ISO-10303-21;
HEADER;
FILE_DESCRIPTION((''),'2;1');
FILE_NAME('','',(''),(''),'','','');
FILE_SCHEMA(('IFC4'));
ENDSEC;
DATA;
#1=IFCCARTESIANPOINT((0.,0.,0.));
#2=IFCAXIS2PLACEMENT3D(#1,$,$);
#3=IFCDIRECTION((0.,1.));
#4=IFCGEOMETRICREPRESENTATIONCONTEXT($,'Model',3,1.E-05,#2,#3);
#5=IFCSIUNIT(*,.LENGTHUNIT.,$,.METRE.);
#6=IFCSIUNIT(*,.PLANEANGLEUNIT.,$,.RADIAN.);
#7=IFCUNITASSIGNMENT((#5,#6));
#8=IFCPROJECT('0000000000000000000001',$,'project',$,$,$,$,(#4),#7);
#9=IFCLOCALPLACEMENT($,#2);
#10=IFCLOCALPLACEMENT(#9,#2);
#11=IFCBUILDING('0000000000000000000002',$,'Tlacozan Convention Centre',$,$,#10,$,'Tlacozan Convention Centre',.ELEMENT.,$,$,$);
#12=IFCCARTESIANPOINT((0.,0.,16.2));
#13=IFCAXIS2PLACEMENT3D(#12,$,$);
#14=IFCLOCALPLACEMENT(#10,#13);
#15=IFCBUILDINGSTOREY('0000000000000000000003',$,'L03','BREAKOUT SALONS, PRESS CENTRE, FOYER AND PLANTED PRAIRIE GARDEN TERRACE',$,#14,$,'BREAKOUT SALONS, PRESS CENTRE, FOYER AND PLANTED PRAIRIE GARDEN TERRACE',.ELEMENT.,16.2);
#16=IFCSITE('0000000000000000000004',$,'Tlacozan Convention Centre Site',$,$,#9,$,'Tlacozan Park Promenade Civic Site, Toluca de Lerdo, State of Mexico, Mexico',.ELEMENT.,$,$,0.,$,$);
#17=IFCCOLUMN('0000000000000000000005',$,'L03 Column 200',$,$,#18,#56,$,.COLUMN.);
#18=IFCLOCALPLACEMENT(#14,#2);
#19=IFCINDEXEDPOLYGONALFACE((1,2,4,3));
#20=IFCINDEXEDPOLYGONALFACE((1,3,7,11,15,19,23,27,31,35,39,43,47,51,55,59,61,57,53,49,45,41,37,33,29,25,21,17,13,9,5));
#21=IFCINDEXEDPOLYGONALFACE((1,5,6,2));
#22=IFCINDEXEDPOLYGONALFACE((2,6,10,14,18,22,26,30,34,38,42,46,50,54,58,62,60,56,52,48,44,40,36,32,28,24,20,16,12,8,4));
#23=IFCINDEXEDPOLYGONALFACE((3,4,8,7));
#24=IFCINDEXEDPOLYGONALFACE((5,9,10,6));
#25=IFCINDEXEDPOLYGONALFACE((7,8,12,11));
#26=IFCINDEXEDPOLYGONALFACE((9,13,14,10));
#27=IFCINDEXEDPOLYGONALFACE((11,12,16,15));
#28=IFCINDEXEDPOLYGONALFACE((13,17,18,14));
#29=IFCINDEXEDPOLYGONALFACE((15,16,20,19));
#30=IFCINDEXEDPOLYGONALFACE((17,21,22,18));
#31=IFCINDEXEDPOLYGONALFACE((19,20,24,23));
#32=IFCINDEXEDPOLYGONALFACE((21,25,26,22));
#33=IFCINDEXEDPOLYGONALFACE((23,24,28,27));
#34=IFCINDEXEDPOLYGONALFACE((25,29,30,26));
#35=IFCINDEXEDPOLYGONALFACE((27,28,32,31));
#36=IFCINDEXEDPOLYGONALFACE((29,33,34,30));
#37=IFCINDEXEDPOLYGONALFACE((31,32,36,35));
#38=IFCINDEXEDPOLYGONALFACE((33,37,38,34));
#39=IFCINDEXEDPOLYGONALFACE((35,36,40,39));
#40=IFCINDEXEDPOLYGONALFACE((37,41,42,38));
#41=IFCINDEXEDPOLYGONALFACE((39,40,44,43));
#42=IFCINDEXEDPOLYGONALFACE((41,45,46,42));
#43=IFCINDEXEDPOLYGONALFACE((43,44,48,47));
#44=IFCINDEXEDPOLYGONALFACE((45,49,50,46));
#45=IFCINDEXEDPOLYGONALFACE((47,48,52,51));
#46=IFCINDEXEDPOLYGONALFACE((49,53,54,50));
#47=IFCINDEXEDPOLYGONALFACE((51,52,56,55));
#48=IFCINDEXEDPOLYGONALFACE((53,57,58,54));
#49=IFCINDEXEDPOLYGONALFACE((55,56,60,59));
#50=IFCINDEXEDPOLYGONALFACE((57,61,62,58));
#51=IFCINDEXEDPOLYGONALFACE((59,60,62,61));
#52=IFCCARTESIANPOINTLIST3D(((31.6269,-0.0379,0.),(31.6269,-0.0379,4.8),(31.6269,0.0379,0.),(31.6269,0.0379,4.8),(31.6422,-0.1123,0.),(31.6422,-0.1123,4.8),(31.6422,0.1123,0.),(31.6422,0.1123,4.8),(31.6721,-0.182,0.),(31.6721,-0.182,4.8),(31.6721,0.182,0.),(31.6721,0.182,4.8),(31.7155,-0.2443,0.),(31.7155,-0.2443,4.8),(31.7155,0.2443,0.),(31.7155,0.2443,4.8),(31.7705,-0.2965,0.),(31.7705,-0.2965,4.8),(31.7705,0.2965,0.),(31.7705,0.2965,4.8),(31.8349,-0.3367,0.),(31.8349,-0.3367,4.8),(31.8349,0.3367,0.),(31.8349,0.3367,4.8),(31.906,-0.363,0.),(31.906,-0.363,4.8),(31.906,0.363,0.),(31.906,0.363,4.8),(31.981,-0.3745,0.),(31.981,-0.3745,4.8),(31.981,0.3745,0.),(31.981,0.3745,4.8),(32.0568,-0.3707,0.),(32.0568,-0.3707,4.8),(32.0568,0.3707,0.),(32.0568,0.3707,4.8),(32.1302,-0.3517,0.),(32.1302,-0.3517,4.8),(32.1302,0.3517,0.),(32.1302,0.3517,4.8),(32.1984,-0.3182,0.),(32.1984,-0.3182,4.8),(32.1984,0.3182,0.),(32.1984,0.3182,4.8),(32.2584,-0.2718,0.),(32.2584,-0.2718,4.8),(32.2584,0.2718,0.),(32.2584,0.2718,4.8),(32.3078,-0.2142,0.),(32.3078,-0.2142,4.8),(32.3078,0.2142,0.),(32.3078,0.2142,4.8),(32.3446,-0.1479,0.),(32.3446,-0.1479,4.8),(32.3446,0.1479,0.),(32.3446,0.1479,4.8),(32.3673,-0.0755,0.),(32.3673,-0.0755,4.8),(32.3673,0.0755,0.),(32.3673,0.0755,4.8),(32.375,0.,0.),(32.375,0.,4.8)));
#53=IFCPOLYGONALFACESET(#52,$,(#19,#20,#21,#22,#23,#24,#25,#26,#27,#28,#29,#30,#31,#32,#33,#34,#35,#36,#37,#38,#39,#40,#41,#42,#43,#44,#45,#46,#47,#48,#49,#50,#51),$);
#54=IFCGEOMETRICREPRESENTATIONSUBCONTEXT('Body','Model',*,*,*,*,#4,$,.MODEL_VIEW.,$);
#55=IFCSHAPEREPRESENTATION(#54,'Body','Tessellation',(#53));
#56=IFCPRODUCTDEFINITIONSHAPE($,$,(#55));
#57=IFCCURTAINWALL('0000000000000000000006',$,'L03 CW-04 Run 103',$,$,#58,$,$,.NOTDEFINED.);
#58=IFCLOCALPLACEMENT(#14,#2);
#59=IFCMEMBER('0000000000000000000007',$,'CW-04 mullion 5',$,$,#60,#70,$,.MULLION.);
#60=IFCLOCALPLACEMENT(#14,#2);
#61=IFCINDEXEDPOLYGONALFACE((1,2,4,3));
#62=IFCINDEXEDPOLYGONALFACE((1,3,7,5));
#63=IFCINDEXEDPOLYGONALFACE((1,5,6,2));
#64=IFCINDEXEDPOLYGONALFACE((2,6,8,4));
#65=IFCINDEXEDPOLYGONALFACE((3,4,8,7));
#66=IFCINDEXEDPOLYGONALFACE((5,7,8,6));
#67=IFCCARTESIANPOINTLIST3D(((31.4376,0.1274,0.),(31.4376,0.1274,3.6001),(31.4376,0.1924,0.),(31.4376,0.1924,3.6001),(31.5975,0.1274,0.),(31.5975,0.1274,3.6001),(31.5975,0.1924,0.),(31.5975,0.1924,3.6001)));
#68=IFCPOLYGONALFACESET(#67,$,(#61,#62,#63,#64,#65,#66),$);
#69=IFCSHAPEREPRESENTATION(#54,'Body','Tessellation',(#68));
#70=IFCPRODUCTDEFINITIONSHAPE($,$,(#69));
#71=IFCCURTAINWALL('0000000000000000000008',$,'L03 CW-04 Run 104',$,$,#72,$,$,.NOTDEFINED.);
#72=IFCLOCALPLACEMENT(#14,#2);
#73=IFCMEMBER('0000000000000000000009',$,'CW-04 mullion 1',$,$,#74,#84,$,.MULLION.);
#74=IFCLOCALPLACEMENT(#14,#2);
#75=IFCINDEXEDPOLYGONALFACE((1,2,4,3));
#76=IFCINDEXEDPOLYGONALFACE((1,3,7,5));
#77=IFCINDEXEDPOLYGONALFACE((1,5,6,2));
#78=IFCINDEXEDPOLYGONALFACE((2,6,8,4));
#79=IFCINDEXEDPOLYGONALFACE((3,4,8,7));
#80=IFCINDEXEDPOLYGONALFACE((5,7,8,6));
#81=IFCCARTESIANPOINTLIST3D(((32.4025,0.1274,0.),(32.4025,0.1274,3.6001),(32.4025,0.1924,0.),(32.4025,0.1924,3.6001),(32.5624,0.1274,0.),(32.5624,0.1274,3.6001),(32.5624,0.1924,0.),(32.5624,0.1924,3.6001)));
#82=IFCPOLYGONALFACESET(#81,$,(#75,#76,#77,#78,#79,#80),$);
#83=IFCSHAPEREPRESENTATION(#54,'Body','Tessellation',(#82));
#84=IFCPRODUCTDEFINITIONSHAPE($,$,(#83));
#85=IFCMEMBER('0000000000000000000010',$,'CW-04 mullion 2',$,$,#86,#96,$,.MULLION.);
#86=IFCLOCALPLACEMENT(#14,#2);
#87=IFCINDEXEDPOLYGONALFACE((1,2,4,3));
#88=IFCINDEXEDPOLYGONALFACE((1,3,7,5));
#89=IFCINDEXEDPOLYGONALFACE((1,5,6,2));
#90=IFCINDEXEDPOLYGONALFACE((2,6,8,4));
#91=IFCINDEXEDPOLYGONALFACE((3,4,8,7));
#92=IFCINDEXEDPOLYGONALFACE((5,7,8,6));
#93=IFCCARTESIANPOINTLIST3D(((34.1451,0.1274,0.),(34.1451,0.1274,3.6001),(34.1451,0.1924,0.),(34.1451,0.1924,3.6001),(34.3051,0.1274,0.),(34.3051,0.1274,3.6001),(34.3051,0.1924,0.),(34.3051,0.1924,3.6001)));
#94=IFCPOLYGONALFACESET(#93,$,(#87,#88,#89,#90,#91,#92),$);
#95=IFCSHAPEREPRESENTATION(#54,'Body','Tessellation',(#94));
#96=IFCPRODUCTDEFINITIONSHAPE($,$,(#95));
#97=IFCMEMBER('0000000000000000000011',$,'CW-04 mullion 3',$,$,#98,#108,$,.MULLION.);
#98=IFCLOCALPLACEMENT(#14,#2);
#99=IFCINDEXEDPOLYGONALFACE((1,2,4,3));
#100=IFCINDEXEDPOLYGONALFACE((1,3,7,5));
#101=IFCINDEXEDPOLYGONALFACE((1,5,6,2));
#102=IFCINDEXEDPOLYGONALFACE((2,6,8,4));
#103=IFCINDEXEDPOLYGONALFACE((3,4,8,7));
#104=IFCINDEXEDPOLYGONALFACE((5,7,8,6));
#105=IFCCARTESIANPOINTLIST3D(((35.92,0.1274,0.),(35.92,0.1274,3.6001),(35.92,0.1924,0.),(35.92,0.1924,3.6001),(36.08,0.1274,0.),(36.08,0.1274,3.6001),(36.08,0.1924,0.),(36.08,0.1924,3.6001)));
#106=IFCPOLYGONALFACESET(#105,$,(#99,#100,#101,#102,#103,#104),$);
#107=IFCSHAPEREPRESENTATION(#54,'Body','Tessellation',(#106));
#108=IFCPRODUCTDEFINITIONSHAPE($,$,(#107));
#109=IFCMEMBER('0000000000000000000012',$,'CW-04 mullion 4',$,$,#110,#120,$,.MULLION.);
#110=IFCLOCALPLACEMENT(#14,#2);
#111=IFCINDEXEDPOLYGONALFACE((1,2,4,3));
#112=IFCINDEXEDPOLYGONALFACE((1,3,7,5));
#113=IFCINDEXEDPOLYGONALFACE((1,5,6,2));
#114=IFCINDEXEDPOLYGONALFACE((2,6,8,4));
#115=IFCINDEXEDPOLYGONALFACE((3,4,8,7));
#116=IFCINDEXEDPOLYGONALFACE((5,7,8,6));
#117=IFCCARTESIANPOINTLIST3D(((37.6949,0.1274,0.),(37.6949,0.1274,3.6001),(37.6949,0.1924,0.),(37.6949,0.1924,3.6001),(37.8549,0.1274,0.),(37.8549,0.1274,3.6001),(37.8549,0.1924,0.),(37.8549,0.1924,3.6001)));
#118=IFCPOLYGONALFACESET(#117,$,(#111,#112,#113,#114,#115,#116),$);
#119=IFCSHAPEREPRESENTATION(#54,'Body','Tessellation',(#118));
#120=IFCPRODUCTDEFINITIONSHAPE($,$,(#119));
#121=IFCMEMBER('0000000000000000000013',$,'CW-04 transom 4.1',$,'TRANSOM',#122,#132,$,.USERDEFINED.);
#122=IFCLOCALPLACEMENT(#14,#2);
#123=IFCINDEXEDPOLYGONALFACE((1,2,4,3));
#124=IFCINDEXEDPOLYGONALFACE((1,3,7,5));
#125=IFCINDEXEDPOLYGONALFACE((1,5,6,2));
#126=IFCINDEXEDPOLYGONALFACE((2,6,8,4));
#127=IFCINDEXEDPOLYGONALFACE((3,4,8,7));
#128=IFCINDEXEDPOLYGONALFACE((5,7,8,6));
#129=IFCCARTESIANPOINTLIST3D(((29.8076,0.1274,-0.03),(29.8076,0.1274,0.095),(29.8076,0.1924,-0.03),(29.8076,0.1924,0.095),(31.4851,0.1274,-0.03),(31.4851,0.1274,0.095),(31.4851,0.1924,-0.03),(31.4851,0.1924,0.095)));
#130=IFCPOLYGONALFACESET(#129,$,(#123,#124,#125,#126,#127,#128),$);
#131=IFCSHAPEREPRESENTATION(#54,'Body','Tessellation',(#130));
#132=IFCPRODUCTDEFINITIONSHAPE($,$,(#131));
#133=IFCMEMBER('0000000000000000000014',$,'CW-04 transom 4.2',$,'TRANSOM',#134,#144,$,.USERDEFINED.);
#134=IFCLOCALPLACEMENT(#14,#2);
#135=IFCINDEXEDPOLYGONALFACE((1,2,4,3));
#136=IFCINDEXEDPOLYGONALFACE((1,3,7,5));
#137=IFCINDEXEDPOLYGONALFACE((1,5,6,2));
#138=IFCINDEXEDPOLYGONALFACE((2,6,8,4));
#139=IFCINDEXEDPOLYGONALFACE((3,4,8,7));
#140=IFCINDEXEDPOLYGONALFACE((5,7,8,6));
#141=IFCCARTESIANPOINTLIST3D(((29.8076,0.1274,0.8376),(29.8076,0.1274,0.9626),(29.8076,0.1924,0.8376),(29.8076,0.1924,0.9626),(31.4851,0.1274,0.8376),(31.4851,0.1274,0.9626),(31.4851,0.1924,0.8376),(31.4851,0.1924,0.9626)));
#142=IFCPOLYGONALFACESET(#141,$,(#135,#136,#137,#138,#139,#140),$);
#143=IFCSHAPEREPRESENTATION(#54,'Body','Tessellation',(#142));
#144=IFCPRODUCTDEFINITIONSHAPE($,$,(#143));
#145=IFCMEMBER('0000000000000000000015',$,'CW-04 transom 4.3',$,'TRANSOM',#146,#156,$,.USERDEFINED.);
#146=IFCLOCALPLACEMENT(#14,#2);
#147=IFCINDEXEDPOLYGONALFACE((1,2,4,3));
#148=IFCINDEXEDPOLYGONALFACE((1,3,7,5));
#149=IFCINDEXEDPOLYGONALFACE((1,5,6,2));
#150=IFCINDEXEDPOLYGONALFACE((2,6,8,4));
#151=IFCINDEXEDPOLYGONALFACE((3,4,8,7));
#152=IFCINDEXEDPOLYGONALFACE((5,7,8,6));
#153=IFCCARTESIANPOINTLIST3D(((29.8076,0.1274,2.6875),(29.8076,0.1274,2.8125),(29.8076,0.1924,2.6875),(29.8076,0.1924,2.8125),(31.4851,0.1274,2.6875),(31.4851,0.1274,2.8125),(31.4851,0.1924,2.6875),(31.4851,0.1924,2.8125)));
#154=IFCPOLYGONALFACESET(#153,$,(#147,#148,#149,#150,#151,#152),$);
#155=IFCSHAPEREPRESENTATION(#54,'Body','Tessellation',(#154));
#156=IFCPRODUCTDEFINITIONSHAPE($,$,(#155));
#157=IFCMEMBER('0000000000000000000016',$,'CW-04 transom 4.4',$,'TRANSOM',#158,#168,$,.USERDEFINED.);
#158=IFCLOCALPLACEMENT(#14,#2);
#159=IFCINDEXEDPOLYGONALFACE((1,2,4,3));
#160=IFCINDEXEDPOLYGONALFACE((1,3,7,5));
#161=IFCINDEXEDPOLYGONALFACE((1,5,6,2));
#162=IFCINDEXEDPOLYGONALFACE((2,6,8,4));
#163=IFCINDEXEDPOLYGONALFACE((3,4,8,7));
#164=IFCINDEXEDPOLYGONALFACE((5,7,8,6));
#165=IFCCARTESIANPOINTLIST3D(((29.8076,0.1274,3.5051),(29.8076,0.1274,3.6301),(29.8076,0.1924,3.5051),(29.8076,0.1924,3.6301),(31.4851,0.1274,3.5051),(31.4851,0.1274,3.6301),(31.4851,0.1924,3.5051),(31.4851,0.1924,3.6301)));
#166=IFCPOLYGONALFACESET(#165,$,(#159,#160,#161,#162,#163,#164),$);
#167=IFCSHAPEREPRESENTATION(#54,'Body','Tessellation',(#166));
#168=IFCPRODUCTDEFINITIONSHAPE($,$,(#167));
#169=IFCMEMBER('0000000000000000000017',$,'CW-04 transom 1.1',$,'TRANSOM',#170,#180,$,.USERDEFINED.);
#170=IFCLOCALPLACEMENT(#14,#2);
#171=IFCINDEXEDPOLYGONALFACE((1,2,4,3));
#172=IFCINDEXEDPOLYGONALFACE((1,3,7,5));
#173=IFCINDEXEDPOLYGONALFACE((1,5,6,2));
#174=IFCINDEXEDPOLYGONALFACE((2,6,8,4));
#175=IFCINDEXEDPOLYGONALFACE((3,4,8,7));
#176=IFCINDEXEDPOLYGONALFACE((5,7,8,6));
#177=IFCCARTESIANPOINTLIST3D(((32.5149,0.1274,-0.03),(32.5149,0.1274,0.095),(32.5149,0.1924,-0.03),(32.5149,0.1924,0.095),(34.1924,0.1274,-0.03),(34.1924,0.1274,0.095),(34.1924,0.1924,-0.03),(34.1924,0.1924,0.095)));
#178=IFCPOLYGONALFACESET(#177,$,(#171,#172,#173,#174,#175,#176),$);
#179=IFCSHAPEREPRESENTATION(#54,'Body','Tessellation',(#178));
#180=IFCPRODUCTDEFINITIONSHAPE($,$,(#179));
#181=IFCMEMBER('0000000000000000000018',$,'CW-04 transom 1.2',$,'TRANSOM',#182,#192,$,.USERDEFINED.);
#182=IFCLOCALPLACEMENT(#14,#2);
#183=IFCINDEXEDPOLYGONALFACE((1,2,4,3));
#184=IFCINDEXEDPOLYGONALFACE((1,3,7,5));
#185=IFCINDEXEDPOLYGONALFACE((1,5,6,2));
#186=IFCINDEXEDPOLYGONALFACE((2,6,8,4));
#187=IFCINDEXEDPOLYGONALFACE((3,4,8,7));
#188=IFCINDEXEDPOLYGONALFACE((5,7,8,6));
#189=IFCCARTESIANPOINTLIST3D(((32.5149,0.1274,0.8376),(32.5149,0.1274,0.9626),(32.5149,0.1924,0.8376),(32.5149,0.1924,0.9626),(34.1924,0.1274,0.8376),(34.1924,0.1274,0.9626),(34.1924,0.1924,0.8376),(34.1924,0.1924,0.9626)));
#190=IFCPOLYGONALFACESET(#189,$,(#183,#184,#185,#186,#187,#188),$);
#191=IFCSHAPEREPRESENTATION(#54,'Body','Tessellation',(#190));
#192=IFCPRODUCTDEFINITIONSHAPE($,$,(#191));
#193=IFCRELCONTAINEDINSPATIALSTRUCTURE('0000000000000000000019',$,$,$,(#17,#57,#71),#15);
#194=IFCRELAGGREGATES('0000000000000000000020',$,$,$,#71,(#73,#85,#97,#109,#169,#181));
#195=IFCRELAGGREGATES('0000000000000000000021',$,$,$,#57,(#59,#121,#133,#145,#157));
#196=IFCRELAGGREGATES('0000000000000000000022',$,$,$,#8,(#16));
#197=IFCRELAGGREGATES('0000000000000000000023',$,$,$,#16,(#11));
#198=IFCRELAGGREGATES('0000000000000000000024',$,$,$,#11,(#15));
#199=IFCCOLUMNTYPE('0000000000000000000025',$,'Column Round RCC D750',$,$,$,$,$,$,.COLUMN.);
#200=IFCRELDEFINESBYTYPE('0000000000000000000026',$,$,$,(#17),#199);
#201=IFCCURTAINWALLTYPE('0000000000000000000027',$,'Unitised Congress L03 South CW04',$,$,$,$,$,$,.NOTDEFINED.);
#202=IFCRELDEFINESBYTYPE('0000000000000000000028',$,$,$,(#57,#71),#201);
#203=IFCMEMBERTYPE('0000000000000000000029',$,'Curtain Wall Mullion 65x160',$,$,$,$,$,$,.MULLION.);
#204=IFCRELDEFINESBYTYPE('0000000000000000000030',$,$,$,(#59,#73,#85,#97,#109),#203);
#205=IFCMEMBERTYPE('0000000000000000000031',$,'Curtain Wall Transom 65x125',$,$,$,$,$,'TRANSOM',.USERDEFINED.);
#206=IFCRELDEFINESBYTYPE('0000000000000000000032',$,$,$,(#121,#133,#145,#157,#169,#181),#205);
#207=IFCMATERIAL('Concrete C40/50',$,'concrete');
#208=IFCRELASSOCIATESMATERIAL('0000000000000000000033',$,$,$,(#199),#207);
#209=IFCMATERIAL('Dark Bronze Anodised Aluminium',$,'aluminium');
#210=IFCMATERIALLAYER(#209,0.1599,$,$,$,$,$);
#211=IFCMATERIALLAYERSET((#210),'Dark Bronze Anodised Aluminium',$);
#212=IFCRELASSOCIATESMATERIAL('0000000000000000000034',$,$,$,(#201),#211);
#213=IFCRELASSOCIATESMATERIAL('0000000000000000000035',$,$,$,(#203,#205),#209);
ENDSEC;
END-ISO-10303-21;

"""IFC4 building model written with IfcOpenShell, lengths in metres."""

from ifc_helpers import new_model, si_unit, direction, frame, origin, origin_2d, place, context, subcontext, project, spatial, rectangle, circle, extrude, material, layer, layer_set, material_profile, profile_set, type_object, element, aggregate, save


model = new_model("IFC4")

# Units and contexts
model_context = context("Model", 3, precision=1e-05, world=origin(), true_north=direction((0.0, 1.0)))
body_context = subcontext(model_context, "Body", "Model", "MODEL_VIEW")
ifc_project = project(units=[si_unit("LENGTHUNIT", "METRE"), si_unit("PLANEANGLEUNIT", "RADIAN")], contexts=[model_context])

# Site, building, storey
site_placement = place(None, origin())
site = spatial("IfcSite", under=ifc_project, at=site_placement, Name="Tlacozan Convention Centre Site", LongName="Tlacozan Park Promenade Civic Site, Toluca de Lerdo, State of Mexico, Mexico", CompositionType="ELEMENT", RefElevation=0.0)
building_placement = place(site_placement, origin())
building = spatial("IfcBuilding", under=site, at=building_placement, Name="Tlacozan Convention Centre", LongName="Tlacozan Convention Centre", CompositionType="ELEMENT")
storey_placement = place(building_placement, frame((0.0, 0.0, 16.2)))
storey = spatial("IfcBuildingStorey", under=building, at=storey_placement, Name="L03", Description="BREAKOUT SALONS, PRESS CENTRE, FOYER AND PLANTED PRAIRIE GARDEN TERRACE", LongName="BREAKOUT SALONS, PRESS CENTRE, FOYER AND PLANTED PRAIRIE GARDEN TERRACE", CompositionType="ELEMENT", Elevation=16.2)

# Column
ifc_material_1 = material(Name="Concrete C40/50", Category="concrete")
ifc_material_profile_1 = material_profile(ifc_material_1, circle(Radius=0.375, at=origin_2d()), Name="RCC D750")
ifc_profile_set_1 = profile_set([ifc_material_profile_1], Name="Concrete C40/50")
column_type = type_object("IfcColumnType", Name="Column Round RCC D750", PredefinedType="COLUMN", material=ifc_profile_set_1)
column_placement = place(storey_placement, frame((32.0, 0.0, 0.0), z_axis=(0.0, 0.0, 1.0), x_axis=(1.0, 0.0, 0.0)))
element("IfcColumn", 1, at=column_placement, inside=storey, type_object=column_type, Name="L03 Column 200", PredefinedType="COLUMN", context=body_context, shape_type="SweptSolid", body=[
    extrude(circle(Radius=0.375, at=origin_2d()), origin(), (0.0, 0.0, 1.0), 4.8),
])

# Curtain wall, member
ifc_material_2 = material(Name="Dark Bronze Anodised Aluminium", Category="aluminium")
ifc_layer_1 = layer(ifc_material_2, 0.1599)
ifc_layer_set_1 = layer_set([ifc_layer_1], Name="Dark Bronze Anodised Aluminium")
curtain_wall_type = type_object("IfcCurtainWallType", Name="Unitised Congress L03 South CW04", PredefinedType="NOTDEFINED", material=ifc_layer_set_1)
curtain_wall_1_placement = place(storey_placement, origin())
curtain_wall_1 = element("IfcCurtainWall", 2, at=curtain_wall_1_placement, inside=storey, type_object=curtain_wall_type, Name="L03 CW-04 Run 103", PredefinedType="NOTDEFINED")
ifc_material_profile_2 = material_profile(ifc_material_2, rectangle(XDim=0.0649, YDim=0.1599, at=origin_2d()), Name="ALU 65x160")
ifc_profile_set_2 = profile_set([ifc_material_profile_2], Name="Dark Bronze Anodised Aluminium")
member_type_1 = type_object("IfcMemberType", Name="Curtain Wall Mullion 65x160", PredefinedType="MULLION", material=ifc_profile_set_2)
member_1_placement = place(storey_placement, frame((31.5176, 0.1599, 0.0), z_axis=(0.0, 0.0, 1.0), x_axis=(0.0, 1.0, 0.0)))
member_1 = element("IfcMember", 3, at=member_1_placement, type_object=member_type_1, Name="CW-04 mullion 5", PredefinedType="MULLION", context=body_context, shape_type="SweptSolid", body=[
    extrude(rectangle(XDim=0.0649, YDim=0.1599, at=origin_2d()), origin(), (0.0, 0.0, 1.0), 3.6001),
])

# Curtain wall, members
curtain_wall_2_placement = place(storey_placement, origin())
curtain_wall_2 = element("IfcCurtainWall", 4, at=curtain_wall_2_placement, inside=storey, type_object=curtain_wall_type, Name="L03 CW-04 Run 104", PredefinedType="NOTDEFINED")
member_2_placement = place(storey_placement, frame((32.4824, 0.1599, 0.0), z_axis=(0.0, 0.0, 1.0), x_axis=(0.0, 1.0, 0.0)))
member_2 = element("IfcMember", 5, at=member_2_placement, type_object=member_type_1, Name="CW-04 mullion 1", PredefinedType="MULLION", context=body_context, shape_type="SweptSolid", body=[
    extrude(rectangle(XDim=0.0649, YDim=0.1599, at=origin_2d()), origin(), (0.0, 0.0, 1.0), 3.6001),
])
member_3_placement = place(storey_placement, frame((34.2251, 0.1599, 0.0), z_axis=(0.0, 0.0, 1.0), x_axis=(0.0, 1.0, 0.0)))
member_3 = element("IfcMember", 6, at=member_3_placement, type_object=member_type_1, Name="CW-04 mullion 2", PredefinedType="MULLION", context=body_context, shape_type="SweptSolid", body=[
    extrude(rectangle(XDim=0.0649, YDim=0.1599, at=origin_2d()), origin(), (0.0, 0.0, 1.0), 3.6001),
])
member_4_placement = place(storey_placement, frame((36.0, 0.1599, 0.0), z_axis=(0.0, 0.0, 1.0), x_axis=(0.0, 1.0, 0.0)))
member_4 = element("IfcMember", 7, at=member_4_placement, type_object=member_type_1, Name="CW-04 mullion 3", PredefinedType="MULLION", context=body_context, shape_type="SweptSolid", body=[
    extrude(rectangle(XDim=0.0649, YDim=0.1599, at=origin_2d()), origin(), (0.0, 0.0, 1.0), 3.6001),
])
member_5_placement = place(storey_placement, frame((37.7749, 0.1599, 0.0), z_axis=(0.0, 0.0, 1.0), x_axis=(0.0, 1.0, 0.0)))
member_5 = element("IfcMember", 8, at=member_5_placement, type_object=member_type_1, Name="CW-04 mullion 4", PredefinedType="MULLION", context=body_context, shape_type="SweptSolid", body=[
    extrude(rectangle(XDim=0.0649, YDim=0.1599, at=origin_2d()), origin(), (0.0, 0.0, 1.0), 3.6001),
])

# Members
ifc_material_profile_3 = material_profile(ifc_material_2, rectangle(XDim=0.0649, YDim=0.125, at=origin_2d()), Name="ALU 65x125")
ifc_profile_set_3 = profile_set([ifc_material_profile_3], Name="Dark Bronze Anodised Aluminium")
member_type_2 = type_object("IfcMemberType", Name="Curtain Wall Transom 65x125", ElementType="TRANSOM", PredefinedType="USERDEFINED", material=ifc_profile_set_3)
member_6_placement = place(storey_placement, frame((29.8076, 0.1599, 0.0325), z_axis=(1.0, 0.0, 0.0), x_axis=(0.0, 1.0, 0.0)))
member_6 = element("IfcMember", 9, at=member_6_placement, type_object=member_type_2, Name="CW-04 transom 4.1", ObjectType="TRANSOM", PredefinedType="USERDEFINED", context=body_context, shape_type="SweptSolid", body=[
    extrude(rectangle(XDim=0.0649, YDim=0.125, at=origin_2d()), origin(), (0.0, 0.0, 1.0), 1.6775),
])
member_7_placement = place(storey_placement, frame((29.8076, 0.1599, 0.9001), z_axis=(1.0, 0.0, 0.0), x_axis=(0.0, 1.0, 0.0)))
member_7 = element("IfcMember", 10, at=member_7_placement, type_object=member_type_2, Name="CW-04 transom 4.2", ObjectType="TRANSOM", PredefinedType="USERDEFINED", context=body_context, shape_type="SweptSolid", body=[
    extrude(rectangle(XDim=0.0649, YDim=0.125, at=origin_2d()), origin(), (0.0, 0.0, 1.0), 1.6775),
])
member_8_placement = place(storey_placement, frame((29.8076, 0.1599, 2.75), z_axis=(1.0, 0.0, 0.0), x_axis=(0.0, 1.0, 0.0)))
member_8 = element("IfcMember", 11, at=member_8_placement, type_object=member_type_2, Name="CW-04 transom 4.3", ObjectType="TRANSOM", PredefinedType="USERDEFINED", context=body_context, shape_type="SweptSolid", body=[
    extrude(rectangle(XDim=0.0649, YDim=0.125, at=origin_2d()), origin(), (0.0, 0.0, 1.0), 1.6775),
])
member_9_placement = place(storey_placement, frame((29.8076, 0.1599, 3.5676), z_axis=(1.0, 0.0, 0.0), x_axis=(0.0, 1.0, 0.0)))
member_9 = element("IfcMember", 12, at=member_9_placement, type_object=member_type_2, Name="CW-04 transom 4.4", ObjectType="TRANSOM", PredefinedType="USERDEFINED", context=body_context, shape_type="SweptSolid", body=[
    extrude(rectangle(XDim=0.0649, YDim=0.125, at=origin_2d()), origin(), (0.0, 0.0, 1.0), 1.6775),
])
member_10_placement = place(storey_placement, frame((32.5149, 0.1599, 0.0325), z_axis=(1.0, 0.0, 0.0), x_axis=(0.0, 1.0, 0.0)))
member_10 = element("IfcMember", 13, at=member_10_placement, type_object=member_type_2, Name="CW-04 transom 1.1", ObjectType="TRANSOM", PredefinedType="USERDEFINED", context=body_context, shape_type="SweptSolid", body=[
    extrude(rectangle(XDim=0.0649, YDim=0.125, at=origin_2d()), origin(), (0.0, 0.0, 1.0), 1.6775),
])
member_11_placement = place(storey_placement, frame((32.5149, 0.1599, 0.9001), z_axis=(1.0, 0.0, 0.0), x_axis=(0.0, 1.0, 0.0)))
member_11 = element("IfcMember", 14, at=member_11_placement, type_object=member_type_2, Name="CW-04 transom 1.2", ObjectType="TRANSOM", PredefinedType="USERDEFINED", context=body_context, shape_type="SweptSolid", body=[
    extrude(rectangle(XDim=0.0649, YDim=0.125, at=origin_2d()), origin(), (0.0, 0.0, 1.0), 1.6775),
])

aggregate(curtain_wall_2, [member_2, member_3, member_4, member_5, member_10, member_11])
aggregate(curtain_wall_1, [member_1, member_6, member_7, member_8, member_9])

save(model, "model.ifc")
